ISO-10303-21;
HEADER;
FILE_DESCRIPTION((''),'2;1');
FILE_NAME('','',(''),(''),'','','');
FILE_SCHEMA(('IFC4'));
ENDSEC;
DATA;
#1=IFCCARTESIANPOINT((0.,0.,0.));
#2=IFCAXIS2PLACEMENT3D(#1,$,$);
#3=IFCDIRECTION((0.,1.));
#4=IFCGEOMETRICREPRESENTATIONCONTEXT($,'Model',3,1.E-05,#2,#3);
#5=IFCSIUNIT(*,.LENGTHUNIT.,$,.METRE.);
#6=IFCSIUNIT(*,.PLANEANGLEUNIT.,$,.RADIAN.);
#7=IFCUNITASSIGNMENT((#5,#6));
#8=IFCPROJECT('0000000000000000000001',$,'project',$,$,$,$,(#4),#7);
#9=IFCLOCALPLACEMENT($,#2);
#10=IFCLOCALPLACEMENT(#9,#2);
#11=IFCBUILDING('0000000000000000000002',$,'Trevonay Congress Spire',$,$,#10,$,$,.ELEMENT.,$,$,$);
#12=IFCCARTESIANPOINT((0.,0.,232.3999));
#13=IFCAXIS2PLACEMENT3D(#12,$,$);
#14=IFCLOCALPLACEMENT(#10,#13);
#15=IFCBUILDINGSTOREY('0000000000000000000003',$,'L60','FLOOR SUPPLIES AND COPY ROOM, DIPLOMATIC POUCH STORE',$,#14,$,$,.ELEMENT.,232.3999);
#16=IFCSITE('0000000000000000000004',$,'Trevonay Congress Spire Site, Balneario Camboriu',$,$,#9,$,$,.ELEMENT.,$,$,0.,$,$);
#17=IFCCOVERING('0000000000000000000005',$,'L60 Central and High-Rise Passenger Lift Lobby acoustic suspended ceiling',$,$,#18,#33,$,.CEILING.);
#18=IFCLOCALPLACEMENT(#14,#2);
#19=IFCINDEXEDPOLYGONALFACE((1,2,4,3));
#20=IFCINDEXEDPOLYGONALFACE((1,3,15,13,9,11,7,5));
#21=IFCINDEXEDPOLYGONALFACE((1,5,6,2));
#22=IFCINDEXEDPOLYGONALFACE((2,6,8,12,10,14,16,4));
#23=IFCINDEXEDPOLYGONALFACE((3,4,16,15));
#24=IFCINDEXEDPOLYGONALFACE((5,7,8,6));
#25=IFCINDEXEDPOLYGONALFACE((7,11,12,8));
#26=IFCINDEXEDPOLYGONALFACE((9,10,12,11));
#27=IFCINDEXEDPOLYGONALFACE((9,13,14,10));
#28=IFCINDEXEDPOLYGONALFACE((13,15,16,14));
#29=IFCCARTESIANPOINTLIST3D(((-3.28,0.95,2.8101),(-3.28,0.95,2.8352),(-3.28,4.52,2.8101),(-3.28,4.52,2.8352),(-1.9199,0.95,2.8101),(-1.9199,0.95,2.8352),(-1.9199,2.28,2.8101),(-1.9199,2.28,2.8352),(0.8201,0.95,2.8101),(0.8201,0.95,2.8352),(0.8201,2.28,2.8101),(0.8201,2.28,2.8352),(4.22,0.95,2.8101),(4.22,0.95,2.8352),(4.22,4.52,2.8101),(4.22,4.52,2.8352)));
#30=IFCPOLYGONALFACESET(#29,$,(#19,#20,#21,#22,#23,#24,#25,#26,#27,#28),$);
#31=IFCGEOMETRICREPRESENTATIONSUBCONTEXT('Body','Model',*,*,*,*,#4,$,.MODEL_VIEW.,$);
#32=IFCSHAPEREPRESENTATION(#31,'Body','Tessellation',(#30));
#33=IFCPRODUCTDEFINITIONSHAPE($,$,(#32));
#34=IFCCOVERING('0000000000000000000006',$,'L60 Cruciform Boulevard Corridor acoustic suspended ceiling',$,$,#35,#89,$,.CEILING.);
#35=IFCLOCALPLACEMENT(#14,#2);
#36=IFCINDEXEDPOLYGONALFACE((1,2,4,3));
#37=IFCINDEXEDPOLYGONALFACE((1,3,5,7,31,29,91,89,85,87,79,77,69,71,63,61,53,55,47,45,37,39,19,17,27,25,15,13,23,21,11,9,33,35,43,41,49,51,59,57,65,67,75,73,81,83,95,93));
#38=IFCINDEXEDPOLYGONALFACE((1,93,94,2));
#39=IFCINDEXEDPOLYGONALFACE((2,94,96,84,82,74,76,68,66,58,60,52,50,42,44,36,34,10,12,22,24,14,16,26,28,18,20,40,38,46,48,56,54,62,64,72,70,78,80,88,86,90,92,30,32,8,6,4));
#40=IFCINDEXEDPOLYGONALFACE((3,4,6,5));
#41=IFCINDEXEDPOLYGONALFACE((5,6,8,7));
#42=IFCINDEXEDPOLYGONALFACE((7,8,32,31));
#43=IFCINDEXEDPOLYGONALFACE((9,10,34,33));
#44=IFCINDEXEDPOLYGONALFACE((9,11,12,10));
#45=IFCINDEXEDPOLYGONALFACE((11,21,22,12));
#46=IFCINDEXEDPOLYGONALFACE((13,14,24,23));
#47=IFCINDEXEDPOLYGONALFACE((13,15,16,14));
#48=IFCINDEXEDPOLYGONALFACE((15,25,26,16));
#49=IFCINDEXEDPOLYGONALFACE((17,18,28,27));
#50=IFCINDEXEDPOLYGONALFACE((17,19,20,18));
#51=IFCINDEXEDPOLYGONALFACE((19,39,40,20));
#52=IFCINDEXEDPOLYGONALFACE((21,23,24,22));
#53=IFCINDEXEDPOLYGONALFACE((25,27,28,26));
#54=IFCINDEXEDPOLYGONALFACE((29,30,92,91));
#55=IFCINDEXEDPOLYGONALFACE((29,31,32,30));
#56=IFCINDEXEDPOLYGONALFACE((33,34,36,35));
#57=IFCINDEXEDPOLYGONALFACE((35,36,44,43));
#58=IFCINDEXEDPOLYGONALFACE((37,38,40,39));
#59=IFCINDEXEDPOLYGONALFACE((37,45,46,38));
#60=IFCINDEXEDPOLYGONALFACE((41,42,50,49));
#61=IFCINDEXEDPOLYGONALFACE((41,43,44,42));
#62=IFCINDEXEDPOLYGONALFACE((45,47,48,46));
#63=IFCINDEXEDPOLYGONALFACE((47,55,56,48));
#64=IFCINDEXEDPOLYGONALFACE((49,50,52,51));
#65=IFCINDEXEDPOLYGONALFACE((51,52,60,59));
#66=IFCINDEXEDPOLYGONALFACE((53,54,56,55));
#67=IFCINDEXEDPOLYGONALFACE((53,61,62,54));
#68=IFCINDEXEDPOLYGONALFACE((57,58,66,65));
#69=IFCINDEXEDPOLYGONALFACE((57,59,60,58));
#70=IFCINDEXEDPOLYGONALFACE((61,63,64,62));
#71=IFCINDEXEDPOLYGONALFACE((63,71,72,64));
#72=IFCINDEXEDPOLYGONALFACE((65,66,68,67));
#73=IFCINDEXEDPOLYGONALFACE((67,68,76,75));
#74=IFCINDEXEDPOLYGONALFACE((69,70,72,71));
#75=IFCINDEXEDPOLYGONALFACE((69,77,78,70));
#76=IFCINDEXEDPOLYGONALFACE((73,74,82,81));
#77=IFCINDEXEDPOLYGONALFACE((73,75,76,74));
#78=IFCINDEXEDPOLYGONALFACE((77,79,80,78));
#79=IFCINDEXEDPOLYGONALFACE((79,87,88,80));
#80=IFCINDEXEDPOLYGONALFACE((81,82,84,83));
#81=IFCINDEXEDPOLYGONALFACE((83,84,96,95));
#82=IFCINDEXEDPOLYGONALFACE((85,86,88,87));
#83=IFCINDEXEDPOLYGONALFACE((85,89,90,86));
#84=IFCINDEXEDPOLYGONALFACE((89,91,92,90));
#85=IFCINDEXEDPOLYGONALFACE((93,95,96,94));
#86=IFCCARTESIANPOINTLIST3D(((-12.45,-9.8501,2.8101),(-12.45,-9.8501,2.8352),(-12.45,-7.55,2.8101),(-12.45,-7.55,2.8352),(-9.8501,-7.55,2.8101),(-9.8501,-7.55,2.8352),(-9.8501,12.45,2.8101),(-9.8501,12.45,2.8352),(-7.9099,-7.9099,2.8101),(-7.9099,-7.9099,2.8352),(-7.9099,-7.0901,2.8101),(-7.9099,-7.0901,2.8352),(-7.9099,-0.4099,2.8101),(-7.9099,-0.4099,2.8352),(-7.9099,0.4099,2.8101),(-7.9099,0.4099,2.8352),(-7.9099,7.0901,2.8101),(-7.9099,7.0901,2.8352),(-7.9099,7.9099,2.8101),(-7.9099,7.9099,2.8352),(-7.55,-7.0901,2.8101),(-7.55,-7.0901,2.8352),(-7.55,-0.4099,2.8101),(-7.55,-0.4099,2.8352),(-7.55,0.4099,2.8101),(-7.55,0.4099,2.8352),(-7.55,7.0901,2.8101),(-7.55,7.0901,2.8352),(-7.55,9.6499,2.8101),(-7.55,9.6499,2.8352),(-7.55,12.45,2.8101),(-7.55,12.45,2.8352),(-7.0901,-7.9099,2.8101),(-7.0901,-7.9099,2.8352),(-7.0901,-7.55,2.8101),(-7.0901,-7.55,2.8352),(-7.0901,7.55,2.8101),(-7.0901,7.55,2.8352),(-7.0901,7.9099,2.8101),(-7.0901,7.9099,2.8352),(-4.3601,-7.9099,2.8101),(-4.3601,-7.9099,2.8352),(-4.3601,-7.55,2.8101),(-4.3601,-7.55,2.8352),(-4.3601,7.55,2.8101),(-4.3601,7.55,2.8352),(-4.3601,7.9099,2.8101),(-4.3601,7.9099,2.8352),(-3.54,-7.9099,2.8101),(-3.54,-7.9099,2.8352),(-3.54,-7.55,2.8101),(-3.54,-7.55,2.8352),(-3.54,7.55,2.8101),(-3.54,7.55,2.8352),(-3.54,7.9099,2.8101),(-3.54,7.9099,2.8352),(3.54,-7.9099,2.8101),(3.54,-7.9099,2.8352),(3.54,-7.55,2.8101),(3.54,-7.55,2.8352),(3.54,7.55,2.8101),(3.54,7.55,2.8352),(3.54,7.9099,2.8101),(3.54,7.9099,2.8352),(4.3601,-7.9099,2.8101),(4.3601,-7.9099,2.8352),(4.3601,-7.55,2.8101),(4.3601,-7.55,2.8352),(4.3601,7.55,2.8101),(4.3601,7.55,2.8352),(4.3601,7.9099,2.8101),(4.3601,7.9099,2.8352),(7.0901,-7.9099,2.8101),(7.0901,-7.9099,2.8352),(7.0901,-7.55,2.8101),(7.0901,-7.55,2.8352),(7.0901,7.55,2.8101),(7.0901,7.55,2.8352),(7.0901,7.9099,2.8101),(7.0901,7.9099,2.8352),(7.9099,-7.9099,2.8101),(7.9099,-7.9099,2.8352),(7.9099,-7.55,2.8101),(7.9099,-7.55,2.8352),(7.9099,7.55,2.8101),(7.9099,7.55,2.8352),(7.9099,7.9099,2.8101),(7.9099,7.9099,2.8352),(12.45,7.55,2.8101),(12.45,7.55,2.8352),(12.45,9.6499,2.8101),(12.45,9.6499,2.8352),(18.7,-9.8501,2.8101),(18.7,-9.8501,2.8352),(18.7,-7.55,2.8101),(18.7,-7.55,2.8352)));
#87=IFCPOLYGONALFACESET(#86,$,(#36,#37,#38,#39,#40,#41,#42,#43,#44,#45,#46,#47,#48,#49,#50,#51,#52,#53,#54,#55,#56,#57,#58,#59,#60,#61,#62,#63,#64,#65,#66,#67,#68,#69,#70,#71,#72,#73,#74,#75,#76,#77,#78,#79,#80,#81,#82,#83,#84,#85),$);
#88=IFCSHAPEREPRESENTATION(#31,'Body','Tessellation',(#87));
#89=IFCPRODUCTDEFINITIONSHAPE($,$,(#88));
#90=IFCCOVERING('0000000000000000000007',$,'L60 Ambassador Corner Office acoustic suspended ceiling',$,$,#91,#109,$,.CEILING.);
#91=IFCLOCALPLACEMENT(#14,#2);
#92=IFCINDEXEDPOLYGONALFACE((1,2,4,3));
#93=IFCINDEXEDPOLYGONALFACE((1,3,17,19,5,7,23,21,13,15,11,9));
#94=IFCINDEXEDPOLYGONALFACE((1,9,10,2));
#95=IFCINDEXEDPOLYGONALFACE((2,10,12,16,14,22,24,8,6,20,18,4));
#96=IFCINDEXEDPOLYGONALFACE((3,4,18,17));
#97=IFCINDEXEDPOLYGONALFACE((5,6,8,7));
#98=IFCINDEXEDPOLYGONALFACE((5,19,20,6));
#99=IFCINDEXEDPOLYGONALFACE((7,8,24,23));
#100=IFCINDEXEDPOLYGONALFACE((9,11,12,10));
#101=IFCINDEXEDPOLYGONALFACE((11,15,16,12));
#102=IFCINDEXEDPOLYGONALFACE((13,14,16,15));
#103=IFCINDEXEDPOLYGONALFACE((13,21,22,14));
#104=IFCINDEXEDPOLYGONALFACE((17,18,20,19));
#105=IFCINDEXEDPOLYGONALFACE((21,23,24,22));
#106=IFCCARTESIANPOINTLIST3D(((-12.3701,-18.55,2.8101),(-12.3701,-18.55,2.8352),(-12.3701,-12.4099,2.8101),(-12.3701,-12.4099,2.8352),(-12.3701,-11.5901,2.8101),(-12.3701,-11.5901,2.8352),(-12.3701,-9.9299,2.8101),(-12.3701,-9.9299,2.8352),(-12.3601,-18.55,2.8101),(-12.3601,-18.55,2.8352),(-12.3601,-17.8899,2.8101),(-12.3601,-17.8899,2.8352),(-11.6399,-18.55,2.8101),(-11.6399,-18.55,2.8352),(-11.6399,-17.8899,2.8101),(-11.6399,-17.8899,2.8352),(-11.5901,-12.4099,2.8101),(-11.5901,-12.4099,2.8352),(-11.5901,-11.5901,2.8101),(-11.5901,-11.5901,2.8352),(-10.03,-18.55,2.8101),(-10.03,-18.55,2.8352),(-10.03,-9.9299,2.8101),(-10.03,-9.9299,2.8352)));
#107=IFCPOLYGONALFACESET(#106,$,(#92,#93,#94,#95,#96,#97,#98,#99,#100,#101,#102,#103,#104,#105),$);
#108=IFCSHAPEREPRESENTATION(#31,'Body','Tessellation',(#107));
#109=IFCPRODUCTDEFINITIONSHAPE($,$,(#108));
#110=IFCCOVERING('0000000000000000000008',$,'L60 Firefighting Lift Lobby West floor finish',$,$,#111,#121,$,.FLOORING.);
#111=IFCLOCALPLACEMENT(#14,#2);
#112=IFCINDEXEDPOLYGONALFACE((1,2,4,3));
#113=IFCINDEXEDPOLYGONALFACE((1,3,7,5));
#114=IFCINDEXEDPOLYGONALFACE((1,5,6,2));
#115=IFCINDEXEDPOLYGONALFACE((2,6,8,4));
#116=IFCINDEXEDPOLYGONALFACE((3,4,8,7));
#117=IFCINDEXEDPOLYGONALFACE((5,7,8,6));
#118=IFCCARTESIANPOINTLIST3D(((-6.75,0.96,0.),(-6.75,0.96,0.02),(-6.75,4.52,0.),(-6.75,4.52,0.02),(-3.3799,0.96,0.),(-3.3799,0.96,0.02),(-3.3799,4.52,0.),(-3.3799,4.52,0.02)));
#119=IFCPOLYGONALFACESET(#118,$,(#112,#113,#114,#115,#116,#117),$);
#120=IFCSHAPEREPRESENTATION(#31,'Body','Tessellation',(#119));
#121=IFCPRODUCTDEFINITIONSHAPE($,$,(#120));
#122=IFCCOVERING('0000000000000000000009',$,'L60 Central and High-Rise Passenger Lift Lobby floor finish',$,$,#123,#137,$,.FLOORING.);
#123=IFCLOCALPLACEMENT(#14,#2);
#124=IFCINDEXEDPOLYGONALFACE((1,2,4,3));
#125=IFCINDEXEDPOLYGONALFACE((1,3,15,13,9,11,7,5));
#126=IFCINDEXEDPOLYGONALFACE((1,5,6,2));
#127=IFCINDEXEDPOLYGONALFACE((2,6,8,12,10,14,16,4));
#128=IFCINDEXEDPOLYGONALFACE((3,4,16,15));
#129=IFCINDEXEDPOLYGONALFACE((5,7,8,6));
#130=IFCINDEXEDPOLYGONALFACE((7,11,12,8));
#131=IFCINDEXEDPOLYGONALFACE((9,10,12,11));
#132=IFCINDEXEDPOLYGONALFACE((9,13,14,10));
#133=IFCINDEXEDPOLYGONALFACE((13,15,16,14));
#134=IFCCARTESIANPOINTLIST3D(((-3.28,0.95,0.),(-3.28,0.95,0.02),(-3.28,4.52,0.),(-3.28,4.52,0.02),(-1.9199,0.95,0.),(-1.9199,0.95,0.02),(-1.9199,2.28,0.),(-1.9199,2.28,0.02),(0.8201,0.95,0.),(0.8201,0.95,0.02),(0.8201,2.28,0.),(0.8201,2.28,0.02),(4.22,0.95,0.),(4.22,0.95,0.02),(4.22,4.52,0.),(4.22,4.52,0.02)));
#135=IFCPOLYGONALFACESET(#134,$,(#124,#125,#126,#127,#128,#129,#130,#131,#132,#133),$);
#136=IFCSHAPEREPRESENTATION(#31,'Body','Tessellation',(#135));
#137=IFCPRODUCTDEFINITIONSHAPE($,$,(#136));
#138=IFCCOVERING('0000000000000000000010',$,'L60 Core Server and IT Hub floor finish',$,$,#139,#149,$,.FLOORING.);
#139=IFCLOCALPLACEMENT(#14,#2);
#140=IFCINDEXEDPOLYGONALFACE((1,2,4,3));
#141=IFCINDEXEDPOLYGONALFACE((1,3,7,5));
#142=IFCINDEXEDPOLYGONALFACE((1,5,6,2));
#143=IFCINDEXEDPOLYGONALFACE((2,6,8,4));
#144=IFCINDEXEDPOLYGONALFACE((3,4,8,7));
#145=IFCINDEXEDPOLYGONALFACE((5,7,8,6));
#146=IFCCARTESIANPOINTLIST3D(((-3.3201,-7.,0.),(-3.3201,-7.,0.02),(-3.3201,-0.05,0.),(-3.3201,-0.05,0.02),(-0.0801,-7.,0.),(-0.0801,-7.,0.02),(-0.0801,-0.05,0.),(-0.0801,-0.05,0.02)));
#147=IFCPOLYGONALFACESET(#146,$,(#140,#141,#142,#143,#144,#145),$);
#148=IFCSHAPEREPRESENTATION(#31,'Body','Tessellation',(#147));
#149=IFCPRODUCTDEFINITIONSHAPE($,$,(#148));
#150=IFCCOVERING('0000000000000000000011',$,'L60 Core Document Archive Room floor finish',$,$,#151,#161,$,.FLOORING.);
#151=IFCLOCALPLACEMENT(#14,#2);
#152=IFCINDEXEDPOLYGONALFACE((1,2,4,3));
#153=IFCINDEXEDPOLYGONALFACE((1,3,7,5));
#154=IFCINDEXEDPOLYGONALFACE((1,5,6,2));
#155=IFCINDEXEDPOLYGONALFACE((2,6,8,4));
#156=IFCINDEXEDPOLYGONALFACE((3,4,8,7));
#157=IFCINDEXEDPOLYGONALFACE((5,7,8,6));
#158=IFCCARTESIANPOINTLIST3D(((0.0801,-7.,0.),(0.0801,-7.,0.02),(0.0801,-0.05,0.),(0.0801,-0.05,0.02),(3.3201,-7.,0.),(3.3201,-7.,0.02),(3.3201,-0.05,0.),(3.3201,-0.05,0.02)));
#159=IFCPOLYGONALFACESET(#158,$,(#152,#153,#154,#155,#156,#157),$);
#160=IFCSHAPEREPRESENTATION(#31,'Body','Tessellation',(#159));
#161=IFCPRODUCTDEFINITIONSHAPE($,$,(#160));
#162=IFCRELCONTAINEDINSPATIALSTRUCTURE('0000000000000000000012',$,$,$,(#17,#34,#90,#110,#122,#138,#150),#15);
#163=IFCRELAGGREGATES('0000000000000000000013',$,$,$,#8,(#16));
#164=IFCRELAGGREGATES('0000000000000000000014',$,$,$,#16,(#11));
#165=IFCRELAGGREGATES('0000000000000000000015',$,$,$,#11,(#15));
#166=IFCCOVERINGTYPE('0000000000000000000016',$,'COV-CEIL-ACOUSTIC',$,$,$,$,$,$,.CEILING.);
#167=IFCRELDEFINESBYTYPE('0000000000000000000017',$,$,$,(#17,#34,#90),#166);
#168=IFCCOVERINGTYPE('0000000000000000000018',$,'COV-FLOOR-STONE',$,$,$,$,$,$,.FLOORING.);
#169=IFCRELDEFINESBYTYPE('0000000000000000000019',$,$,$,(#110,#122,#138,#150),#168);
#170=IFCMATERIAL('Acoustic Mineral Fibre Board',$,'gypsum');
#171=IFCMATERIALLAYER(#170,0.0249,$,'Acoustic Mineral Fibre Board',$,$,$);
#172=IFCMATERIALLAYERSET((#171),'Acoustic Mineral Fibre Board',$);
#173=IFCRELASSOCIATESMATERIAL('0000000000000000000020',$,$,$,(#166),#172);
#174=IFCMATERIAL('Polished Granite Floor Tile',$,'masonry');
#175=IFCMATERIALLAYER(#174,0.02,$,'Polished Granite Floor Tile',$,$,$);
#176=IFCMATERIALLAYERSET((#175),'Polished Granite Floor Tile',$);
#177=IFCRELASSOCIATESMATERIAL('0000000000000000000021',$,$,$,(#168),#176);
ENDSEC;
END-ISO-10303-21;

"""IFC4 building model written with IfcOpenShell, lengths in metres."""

from ifc_helpers import new_model, si_unit, direction, frame, origin, place, context, subcontext, project, spatial, polyline, outline, extrude, material, layer, layer_set, type_object, element, save


model = new_model("IFC4")

# Units and contexts
model_context = context("Model", 3, precision=1e-05, world=origin(), true_north=direction((0.0, 1.0)))
body_context = subcontext(model_context, "Body", "Model", "MODEL_VIEW")
ifc_project = project(units=[si_unit("LENGTHUNIT", "METRE"), si_unit("PLANEANGLEUNIT", "RADIAN")], contexts=[model_context])

# Site, building, storey
site_placement = place(None, origin())
site = spatial("IfcSite", under=ifc_project, at=site_placement, Name="Trevonay Congress Spire Site, Balneario Camboriu", CompositionType="ELEMENT", RefElevation=0.0)
building_placement = place(site_placement, origin())
building = spatial("IfcBuilding", under=site, at=building_placement, Name="Trevonay Congress Spire", CompositionType="ELEMENT")
storey_placement = place(building_placement, frame((0.0, 0.0, 232.3999)))
storey = spatial("IfcBuildingStorey", under=building, at=storey_placement, Name="L60", Description="FLOOR SUPPLIES AND COPY ROOM, DIPLOMATIC POUCH STORE", CompositionType="ELEMENT", Elevation=232.3999)

# Coverings
ifc_material_1 = material(Name="Acoustic Mineral Fibre Board", Category="gypsum")
ifc_layer_1 = layer(ifc_material_1, 0.0249, Name="Acoustic Mineral Fibre Board")
ifc_layer_set_1 = layer_set([ifc_layer_1], Name="Acoustic Mineral Fibre Board")
covering_type_1 = type_object("IfcCoveringType", Name="COV-CEIL-ACOUSTIC", PredefinedType="CEILING", material=ifc_layer_set_1)
covering_1_placement = place(storey_placement, frame((0.0, 0.0, 2.8101)))
element("IfcCovering", 1, at=covering_1_placement, inside=storey, type_object=covering_type_1, Name="L60 Central and High-Rise Passenger Lift Lobby acoustic suspended ceiling", PredefinedType="CEILING", context=body_context, shape_type="SweptSolid", body=[
    extrude(outline(polyline([(-3.28, 0.95), (-1.9199, 0.95), (-1.9199, 2.28), (0.8201, 2.28), (0.8201, 0.95), (4.22, 0.95), (4.22, 4.52), (-3.28, 4.52), (-3.28, 0.95)])), origin(), (0.0, 0.0, 1.0), 0.0251),
])
covering_2_placement = place(storey_placement, frame((0.0, 0.0, 2.8101)))
element("IfcCovering", 2, at=covering_2_placement, inside=storey, type_object=covering_type_1, Name="L60 Cruciform Boulevard Corridor acoustic suspended ceiling", PredefinedType="CEILING", context=body_context, shape_type="SweptSolid", body=[
    extrude(outline(polyline([(18.7, -7.55), (18.7, -9.8501), (-12.45, -9.8501), (-12.45, -7.55), (-9.8501, -7.55), (-9.8501, 12.45), (-7.55, 12.45), (-7.55, 9.6499), (12.45, 9.6499), (12.45, 7.55), (7.9099, 7.55), (7.9099, 7.9099), (7.0901, 7.9099), (7.0901, 7.55), (4.3601, 7.55), (4.3601, 7.9099), (3.54, 7.9099), (3.54, 7.55), (-3.54, 7.55), (-3.54, 7.9099), (-4.3601, 7.9099), (-4.3601, 7.55), (-7.0901, 7.55), (-7.0901, 7.9099), (-7.9099, 7.9099), (-7.9099, 7.0901), (-7.55, 7.0901), (-7.55, 0.4099), (-7.9099, 0.4099), (-7.9099, -0.4099), (-7.55, -0.4099), (-7.55, -7.0901), (-7.9099, -7.0901), (-7.9099, -7.9099), (-7.0901, -7.9099), (-7.0901, -7.55), (-4.3601, -7.55), (-4.3601, -7.9099), (-3.54, -7.9099), (-3.54, -7.55), (3.54, -7.55), (3.54, -7.9099), (4.3601, -7.9099), (4.3601, -7.55), (7.0901, -7.55), (7.0901, -7.9099), (7.9099, -7.9099), (7.9099, -7.55), (18.7, -7.55)])), origin(), (0.0, 0.0, 1.0), 0.0251),
])
covering_3_placement = place(storey_placement, frame((0.0, 0.0, 2.8101)))
element("IfcCovering", 3, at=covering_3_placement, inside=storey, type_object=covering_type_1, Name="L60 Ambassador Corner Office acoustic suspended ceiling", PredefinedType="CEILING", context=body_context, shape_type="SweptSolid", body=[
    extrude(outline(polyline([(-12.3701, -18.55), (-12.3701, -12.4099), (-11.5901, -12.4099), (-11.5901, -11.5901), (-12.3701, -11.5901), (-12.3701, -9.9299), (-10.03, -9.9299), (-10.03, -18.55), (-11.6399, -18.55), (-11.6399, -17.8899), (-12.3601, -17.8899), (-12.3601, -18.55), (-12.3701, -18.55)])), origin(), (0.0, 0.0, 1.0), 0.0251),
])
ifc_material_2 = material(Name="Polished Granite Floor Tile", Category="masonry")
ifc_layer_2 = layer(ifc_material_2, 0.02, Name="Polished Granite Floor Tile")
ifc_layer_set_2 = layer_set([ifc_layer_2], Name="Polished Granite Floor Tile")
covering_type_2 = type_object("IfcCoveringType", Name="COV-FLOOR-STONE", PredefinedType="FLOORING", material=ifc_layer_set_2)
covering_4_placement = place(storey_placement, origin())
element("IfcCovering", 4, at=covering_4_placement, inside=storey, type_object=covering_type_2, Name="L60 Firefighting Lift Lobby West floor finish", PredefinedType="FLOORING", context=body_context, shape_type="SweptSolid", body=[
    extrude(outline(polyline([(-6.75, 0.96), (-3.3799, 0.96), (-3.3799, 4.52), (-6.75, 4.52), (-6.75, 0.96)])), origin(), (0.0, 0.0, 1.0), 0.02),
])
covering_5_placement = place(storey_placement, origin())
element("IfcCovering", 5, at=covering_5_placement, inside=storey, type_object=covering_type_2, Name="L60 Central and High-Rise Passenger Lift Lobby floor finish", PredefinedType="FLOORING", context=body_context, shape_type="SweptSolid", body=[
    extrude(outline(polyline([(-3.28, 0.95), (-1.9199, 0.95), (-1.9199, 2.28), (0.8201, 2.28), (0.8201, 0.95), (4.22, 0.95), (4.22, 4.52), (-3.28, 4.52), (-3.28, 0.95)])), origin(), (0.0, 0.0, 1.0), 0.02),
])
covering_6_placement = place(storey_placement, origin())
element("IfcCovering", 6, at=covering_6_placement, inside=storey, type_object=covering_type_2, Name="L60 Core Server and IT Hub floor finish", PredefinedType="FLOORING", context=body_context, shape_type="SweptSolid", body=[
    extrude(outline(polyline([(-3.3201, -7.0), (-0.0801, -7.0), (-0.0801, -0.05), (-3.3201, -0.05), (-3.3201, -7.0)])), origin(), (0.0, 0.0, 1.0), 0.02),
])
covering_7_placement = place(storey_placement, origin())
element("IfcCovering", 7, at=covering_7_placement, inside=storey, type_object=covering_type_2, Name="L60 Core Document Archive Room floor finish", PredefinedType="FLOORING", context=body_context, shape_type="SweptSolid", body=[
    extrude(outline(polyline([(0.0801, -7.0), (3.3201, -7.0), (3.3201, -0.05), (0.0801, -0.05), (0.0801, -7.0)])), origin(), (0.0, 0.0, 1.0), 0.02),
])

save(model, "model.ifc")
